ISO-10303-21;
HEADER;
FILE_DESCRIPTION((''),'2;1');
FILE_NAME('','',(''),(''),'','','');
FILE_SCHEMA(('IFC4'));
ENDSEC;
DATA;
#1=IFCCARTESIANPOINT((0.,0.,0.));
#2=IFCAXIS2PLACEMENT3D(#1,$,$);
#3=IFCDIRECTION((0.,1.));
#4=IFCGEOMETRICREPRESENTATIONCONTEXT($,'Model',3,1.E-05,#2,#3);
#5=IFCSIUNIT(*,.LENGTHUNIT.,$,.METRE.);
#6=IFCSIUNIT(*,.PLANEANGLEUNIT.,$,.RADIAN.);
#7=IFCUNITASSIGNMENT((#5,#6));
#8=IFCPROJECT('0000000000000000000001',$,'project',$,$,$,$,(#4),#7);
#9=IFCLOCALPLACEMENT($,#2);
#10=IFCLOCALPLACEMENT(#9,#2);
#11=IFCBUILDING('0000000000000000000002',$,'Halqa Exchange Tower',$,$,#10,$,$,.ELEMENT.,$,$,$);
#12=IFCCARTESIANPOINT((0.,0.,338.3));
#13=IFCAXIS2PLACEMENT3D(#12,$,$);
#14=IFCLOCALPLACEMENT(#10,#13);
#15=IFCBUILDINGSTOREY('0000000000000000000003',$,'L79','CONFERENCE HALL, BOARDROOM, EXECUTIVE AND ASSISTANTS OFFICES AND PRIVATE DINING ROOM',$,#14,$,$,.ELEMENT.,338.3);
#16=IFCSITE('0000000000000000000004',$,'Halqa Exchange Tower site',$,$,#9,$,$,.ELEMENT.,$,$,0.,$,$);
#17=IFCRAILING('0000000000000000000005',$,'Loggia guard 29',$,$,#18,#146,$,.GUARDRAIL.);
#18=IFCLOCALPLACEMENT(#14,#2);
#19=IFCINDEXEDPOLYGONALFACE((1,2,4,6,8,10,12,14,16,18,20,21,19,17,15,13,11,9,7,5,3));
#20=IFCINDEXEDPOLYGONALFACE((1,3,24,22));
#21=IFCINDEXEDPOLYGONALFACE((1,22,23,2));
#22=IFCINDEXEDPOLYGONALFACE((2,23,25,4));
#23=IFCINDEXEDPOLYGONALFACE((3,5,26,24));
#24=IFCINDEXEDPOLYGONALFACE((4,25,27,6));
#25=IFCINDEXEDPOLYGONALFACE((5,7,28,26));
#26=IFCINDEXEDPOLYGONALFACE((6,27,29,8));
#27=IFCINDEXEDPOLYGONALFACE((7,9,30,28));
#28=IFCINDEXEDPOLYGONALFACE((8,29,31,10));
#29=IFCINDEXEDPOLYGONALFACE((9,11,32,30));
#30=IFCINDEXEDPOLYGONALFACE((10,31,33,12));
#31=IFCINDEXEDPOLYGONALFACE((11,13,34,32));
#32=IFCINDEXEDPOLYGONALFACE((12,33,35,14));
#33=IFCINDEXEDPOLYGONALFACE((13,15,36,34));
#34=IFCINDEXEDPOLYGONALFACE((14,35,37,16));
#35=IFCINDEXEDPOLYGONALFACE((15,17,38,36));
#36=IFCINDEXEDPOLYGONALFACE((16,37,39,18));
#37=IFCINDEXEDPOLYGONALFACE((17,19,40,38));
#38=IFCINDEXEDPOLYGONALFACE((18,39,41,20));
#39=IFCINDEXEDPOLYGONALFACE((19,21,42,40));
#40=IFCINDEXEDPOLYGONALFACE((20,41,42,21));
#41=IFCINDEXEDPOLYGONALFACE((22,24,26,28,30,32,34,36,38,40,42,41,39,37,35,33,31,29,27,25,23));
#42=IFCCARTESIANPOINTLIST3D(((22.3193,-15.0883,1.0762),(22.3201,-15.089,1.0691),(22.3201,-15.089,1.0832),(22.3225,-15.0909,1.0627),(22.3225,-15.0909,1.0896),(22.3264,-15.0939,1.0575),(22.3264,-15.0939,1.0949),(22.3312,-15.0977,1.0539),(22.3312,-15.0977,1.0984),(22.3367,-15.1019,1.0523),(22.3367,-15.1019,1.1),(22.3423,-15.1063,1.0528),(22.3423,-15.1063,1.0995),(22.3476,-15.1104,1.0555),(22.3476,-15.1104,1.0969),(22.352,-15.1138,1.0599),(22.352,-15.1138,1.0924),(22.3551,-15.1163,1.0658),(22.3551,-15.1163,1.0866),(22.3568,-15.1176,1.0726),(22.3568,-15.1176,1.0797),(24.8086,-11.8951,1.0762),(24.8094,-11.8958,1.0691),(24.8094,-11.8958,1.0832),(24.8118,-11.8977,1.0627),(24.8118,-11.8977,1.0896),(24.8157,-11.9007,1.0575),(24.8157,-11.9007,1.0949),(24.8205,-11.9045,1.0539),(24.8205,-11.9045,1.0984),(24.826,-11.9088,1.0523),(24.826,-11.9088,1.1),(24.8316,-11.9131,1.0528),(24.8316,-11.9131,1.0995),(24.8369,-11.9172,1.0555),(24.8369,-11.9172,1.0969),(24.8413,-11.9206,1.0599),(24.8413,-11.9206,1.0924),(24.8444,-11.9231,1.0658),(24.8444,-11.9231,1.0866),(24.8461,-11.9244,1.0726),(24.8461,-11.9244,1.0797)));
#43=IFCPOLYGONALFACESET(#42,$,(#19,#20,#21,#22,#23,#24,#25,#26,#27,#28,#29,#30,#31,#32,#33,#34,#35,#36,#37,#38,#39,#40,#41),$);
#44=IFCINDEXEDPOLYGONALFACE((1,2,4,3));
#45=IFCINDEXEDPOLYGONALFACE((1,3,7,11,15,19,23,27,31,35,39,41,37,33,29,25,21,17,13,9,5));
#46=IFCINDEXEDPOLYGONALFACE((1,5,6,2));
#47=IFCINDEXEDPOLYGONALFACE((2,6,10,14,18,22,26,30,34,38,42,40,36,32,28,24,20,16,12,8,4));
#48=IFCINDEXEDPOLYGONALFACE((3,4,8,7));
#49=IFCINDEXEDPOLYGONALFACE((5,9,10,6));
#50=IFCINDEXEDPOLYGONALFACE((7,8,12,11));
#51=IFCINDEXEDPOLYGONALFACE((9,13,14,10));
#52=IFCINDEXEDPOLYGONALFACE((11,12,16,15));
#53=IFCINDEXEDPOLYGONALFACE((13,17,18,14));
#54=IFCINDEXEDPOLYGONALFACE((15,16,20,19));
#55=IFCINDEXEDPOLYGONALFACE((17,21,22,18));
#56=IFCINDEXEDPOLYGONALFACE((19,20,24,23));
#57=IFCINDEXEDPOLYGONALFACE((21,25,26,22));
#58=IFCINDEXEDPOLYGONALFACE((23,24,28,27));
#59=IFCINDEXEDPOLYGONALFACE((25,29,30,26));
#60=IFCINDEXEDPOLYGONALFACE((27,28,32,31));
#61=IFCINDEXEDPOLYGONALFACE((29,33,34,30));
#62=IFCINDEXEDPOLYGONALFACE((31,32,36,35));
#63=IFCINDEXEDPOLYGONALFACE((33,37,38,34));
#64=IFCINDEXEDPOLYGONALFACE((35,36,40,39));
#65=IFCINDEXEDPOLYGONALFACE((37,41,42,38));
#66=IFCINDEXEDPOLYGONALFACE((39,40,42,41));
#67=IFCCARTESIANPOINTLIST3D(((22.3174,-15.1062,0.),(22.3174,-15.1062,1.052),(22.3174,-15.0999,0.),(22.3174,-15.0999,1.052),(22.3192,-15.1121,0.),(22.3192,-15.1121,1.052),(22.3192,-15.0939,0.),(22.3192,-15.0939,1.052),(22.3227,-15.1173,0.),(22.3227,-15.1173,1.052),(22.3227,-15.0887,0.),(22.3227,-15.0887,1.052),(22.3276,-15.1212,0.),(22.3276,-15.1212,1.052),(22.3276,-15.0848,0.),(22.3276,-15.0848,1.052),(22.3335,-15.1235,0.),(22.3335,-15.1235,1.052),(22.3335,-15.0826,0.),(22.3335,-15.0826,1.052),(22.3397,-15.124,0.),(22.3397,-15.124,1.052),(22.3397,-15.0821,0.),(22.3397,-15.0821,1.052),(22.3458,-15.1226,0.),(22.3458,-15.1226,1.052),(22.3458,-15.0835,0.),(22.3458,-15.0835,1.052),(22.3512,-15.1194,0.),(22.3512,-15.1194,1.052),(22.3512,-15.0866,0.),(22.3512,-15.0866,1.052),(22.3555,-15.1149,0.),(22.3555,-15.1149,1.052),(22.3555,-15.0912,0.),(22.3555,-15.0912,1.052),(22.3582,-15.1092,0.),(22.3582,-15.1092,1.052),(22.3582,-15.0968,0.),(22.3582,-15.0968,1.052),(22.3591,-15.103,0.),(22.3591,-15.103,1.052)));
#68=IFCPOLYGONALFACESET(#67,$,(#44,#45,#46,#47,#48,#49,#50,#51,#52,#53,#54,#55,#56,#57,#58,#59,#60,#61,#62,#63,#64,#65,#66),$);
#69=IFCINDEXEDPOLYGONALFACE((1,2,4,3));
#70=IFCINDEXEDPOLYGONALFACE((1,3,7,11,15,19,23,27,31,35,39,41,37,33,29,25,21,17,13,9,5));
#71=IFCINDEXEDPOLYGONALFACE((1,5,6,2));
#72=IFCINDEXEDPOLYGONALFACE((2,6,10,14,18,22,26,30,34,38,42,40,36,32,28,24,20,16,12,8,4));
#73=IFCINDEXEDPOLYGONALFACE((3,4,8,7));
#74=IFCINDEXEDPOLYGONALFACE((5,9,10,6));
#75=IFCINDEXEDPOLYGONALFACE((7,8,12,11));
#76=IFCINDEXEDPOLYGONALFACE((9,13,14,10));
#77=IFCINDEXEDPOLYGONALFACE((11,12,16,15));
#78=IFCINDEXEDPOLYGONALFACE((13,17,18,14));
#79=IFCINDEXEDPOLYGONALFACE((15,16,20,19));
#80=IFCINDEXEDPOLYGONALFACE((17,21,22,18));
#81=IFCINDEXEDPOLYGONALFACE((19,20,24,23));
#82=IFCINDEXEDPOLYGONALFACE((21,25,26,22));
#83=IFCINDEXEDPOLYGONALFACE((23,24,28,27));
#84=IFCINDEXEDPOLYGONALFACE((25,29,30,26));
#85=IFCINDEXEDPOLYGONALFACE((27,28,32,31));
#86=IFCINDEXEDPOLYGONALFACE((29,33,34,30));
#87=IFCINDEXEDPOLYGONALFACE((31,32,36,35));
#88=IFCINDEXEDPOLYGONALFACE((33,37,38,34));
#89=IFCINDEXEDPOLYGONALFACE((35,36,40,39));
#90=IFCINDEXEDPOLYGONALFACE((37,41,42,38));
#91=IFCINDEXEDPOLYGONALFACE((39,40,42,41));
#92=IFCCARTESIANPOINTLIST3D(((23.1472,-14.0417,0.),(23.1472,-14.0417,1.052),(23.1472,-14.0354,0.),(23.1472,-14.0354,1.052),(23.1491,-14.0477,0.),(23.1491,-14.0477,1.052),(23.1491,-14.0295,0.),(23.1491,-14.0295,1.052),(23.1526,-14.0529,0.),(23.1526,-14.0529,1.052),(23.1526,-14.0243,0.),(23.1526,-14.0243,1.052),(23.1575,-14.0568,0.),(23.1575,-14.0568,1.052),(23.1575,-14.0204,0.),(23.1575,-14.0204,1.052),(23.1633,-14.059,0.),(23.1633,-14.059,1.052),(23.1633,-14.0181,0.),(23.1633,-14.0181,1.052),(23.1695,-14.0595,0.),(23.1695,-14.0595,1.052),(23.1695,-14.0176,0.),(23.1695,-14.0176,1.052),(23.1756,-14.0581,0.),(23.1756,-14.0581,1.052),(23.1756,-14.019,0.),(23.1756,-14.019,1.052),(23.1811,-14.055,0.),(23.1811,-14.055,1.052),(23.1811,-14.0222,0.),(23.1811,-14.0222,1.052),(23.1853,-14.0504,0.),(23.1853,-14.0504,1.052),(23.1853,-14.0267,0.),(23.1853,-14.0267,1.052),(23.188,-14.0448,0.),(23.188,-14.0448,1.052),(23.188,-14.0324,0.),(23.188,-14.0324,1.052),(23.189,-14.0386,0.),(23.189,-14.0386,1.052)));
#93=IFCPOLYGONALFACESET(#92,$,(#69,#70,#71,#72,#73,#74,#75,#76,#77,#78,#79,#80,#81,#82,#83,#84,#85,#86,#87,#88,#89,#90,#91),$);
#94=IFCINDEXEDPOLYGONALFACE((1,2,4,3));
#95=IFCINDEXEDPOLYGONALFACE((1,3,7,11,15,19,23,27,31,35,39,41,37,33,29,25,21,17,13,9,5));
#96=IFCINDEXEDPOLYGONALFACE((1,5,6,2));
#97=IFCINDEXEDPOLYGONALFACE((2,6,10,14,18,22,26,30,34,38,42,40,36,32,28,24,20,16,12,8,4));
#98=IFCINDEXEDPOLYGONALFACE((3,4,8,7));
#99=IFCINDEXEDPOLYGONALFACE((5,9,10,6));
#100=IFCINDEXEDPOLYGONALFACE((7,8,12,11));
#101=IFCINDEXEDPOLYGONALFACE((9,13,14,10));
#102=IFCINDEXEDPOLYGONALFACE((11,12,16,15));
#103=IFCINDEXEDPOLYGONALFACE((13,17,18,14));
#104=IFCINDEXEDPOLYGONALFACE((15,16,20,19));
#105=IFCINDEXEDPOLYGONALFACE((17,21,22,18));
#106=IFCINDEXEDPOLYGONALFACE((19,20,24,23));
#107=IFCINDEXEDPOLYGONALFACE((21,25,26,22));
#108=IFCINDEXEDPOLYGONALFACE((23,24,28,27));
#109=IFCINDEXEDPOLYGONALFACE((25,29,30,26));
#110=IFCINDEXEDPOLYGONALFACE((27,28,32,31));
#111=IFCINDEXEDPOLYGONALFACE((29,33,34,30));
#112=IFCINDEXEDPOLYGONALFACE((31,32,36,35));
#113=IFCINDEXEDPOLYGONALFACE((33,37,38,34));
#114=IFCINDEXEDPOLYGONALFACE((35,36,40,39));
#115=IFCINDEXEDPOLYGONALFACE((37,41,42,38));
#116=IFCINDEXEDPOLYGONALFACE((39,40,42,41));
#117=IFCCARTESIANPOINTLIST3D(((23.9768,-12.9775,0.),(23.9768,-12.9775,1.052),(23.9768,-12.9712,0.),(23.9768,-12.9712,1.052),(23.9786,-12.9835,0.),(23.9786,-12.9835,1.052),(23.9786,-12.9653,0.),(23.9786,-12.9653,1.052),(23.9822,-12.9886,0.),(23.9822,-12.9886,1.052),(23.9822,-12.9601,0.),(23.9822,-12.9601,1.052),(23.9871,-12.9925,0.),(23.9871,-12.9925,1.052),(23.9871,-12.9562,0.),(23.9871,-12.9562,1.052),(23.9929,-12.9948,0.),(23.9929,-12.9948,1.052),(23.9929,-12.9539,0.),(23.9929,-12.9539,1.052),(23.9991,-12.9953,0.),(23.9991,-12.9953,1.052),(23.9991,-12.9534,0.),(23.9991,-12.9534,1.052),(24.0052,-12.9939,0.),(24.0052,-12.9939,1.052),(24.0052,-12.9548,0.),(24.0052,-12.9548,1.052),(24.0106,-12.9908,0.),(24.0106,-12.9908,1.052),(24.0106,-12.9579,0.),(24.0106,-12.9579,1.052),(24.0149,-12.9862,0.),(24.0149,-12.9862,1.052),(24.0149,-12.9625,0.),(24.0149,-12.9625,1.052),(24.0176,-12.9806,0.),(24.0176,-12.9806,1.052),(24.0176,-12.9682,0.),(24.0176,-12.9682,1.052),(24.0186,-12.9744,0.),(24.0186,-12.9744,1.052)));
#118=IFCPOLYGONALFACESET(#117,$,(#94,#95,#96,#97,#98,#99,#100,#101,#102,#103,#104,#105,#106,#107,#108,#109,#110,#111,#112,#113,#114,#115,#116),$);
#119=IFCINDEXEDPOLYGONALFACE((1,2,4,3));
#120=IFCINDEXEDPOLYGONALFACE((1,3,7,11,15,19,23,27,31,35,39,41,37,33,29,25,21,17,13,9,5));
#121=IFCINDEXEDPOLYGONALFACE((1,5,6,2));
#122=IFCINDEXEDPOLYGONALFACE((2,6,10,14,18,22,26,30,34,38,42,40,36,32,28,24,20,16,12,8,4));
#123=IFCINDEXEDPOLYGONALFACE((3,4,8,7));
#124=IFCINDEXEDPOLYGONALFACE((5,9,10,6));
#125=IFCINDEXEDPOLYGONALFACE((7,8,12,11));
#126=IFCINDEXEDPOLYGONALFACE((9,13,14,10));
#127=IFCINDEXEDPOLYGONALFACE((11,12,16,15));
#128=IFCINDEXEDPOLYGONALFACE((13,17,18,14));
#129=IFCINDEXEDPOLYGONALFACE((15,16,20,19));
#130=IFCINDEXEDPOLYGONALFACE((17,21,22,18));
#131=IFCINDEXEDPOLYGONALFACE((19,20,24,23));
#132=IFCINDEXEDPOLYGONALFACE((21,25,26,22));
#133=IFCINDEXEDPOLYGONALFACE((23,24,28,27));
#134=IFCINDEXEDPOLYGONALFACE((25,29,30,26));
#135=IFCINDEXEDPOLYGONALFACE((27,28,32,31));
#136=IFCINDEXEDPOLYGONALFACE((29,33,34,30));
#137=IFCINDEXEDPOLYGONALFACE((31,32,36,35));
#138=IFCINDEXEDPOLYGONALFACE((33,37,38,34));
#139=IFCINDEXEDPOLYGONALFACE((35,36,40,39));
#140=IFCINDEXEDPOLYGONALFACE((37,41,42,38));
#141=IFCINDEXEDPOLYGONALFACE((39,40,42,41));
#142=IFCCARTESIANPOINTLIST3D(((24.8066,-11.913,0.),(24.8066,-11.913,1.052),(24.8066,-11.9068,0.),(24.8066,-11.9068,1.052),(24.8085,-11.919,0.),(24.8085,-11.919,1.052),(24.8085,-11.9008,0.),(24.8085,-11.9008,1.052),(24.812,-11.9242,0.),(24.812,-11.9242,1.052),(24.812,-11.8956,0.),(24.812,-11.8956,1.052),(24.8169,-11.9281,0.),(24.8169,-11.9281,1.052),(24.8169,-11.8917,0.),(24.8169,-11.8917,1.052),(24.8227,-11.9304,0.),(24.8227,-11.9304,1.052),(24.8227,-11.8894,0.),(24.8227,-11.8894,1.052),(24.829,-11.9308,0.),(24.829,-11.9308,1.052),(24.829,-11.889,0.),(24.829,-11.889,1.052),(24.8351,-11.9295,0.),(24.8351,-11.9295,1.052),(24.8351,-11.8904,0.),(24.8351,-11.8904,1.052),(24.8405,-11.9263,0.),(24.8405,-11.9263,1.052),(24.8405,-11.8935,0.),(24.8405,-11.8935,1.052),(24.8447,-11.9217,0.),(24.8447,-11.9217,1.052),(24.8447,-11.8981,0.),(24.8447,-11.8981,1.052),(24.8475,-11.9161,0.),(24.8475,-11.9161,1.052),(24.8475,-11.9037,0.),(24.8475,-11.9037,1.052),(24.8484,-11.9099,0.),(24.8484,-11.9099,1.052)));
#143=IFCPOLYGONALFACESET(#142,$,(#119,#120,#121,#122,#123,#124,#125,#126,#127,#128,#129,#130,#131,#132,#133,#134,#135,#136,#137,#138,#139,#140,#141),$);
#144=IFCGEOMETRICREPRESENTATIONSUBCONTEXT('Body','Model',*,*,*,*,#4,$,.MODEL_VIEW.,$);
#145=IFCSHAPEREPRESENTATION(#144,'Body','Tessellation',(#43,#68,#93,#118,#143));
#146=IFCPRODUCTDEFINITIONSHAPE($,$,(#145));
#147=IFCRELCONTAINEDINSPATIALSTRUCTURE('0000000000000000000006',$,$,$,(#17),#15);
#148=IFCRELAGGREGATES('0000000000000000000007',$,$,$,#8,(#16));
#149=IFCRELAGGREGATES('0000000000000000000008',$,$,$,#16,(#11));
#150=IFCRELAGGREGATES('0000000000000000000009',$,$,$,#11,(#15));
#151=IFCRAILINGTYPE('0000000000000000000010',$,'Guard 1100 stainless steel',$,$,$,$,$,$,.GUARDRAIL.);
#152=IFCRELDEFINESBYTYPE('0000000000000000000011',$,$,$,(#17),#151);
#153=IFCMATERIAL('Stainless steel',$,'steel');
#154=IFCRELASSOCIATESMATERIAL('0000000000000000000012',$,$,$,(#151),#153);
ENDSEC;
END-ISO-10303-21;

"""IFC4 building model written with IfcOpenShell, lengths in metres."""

from ifc_helpers import new_model, si_unit, direction, frame, origin, origin_2d, place, context, subcontext, project, spatial, circle, extrude, material, type_object, element, save


model = new_model("IFC4")

# Units and contexts
model_context = context("Model", 3, precision=1e-05, world=origin(), true_north=direction((0.0, 1.0)))
body_context = subcontext(model_context, "Body", "Model", "MODEL_VIEW")
ifc_project = project(units=[si_unit("LENGTHUNIT", "METRE"), si_unit("PLANEANGLEUNIT", "RADIAN")], contexts=[model_context])

# Site, building, storey
site_placement = place(None, origin())
site = spatial("IfcSite", under=ifc_project, at=site_placement, Name="Halqa Exchange Tower site", CompositionType="ELEMENT", RefElevation=0.0)
building_placement = place(site_placement, origin())
building = spatial("IfcBuilding", under=site, at=building_placement, Name="Halqa Exchange Tower", CompositionType="ELEMENT")
storey_placement = place(building_placement, frame((0.0, 0.0, 338.3)))
storey = spatial("IfcBuildingStorey", under=building, at=storey_placement, Name="L79", Description="CONFERENCE HALL, BOARDROOM, EXECUTIVE AND ASSISTANTS OFFICES AND PRIVATE DINING ROOM", CompositionType="ELEMENT", Elevation=338.3)

# Railing
ifc_material_1 = material(Name="Stainless steel", Category="steel")
railing_type = type_object("IfcRailingType", Name="Guard 1100 stainless steel", PredefinedType="GUARDRAIL", material=ifc_material_1)
railing_1_placement = place(storey_placement, frame((22.3381, -15.103, 0.0)))
element("IfcRailing", 1, at=railing_1_placement, inside=storey, type_object=railing_type, Name="Loggia guard 29", PredefinedType="GUARDRAIL", context=body_context, shape_type="SweptSolid", body=[
    extrude(circle(Radius=0.0239, at=origin_2d()), frame((0.0, 0.0, 1.0762), z_axis=(0.614821, 0.788667, 0.0), x_axis=(-0.788667, 0.614821, 0.0)), (0.0, 0.0, 1.0), 4.0488),
    extrude(circle(Radius=0.021, at=origin_2d()), origin(), (0.0, 0.0, 1.0), 1.052),
    extrude(circle(Radius=0.021, at=origin_2d()), frame((0.8298, 1.0645, 0.0)), (0.0, 0.0, 1.0), 1.052),
    extrude(circle(Radius=0.021, at=origin_2d()), frame((1.6594, 2.1287, 0.0)), (0.0, 0.0, 1.0), 1.052),
    extrude(circle(Radius=0.021, at=origin_2d()), frame((2.4893, 3.1931, 0.0)), (0.0, 0.0, 1.0), 1.052),
])

save(model, "model.ifc")
